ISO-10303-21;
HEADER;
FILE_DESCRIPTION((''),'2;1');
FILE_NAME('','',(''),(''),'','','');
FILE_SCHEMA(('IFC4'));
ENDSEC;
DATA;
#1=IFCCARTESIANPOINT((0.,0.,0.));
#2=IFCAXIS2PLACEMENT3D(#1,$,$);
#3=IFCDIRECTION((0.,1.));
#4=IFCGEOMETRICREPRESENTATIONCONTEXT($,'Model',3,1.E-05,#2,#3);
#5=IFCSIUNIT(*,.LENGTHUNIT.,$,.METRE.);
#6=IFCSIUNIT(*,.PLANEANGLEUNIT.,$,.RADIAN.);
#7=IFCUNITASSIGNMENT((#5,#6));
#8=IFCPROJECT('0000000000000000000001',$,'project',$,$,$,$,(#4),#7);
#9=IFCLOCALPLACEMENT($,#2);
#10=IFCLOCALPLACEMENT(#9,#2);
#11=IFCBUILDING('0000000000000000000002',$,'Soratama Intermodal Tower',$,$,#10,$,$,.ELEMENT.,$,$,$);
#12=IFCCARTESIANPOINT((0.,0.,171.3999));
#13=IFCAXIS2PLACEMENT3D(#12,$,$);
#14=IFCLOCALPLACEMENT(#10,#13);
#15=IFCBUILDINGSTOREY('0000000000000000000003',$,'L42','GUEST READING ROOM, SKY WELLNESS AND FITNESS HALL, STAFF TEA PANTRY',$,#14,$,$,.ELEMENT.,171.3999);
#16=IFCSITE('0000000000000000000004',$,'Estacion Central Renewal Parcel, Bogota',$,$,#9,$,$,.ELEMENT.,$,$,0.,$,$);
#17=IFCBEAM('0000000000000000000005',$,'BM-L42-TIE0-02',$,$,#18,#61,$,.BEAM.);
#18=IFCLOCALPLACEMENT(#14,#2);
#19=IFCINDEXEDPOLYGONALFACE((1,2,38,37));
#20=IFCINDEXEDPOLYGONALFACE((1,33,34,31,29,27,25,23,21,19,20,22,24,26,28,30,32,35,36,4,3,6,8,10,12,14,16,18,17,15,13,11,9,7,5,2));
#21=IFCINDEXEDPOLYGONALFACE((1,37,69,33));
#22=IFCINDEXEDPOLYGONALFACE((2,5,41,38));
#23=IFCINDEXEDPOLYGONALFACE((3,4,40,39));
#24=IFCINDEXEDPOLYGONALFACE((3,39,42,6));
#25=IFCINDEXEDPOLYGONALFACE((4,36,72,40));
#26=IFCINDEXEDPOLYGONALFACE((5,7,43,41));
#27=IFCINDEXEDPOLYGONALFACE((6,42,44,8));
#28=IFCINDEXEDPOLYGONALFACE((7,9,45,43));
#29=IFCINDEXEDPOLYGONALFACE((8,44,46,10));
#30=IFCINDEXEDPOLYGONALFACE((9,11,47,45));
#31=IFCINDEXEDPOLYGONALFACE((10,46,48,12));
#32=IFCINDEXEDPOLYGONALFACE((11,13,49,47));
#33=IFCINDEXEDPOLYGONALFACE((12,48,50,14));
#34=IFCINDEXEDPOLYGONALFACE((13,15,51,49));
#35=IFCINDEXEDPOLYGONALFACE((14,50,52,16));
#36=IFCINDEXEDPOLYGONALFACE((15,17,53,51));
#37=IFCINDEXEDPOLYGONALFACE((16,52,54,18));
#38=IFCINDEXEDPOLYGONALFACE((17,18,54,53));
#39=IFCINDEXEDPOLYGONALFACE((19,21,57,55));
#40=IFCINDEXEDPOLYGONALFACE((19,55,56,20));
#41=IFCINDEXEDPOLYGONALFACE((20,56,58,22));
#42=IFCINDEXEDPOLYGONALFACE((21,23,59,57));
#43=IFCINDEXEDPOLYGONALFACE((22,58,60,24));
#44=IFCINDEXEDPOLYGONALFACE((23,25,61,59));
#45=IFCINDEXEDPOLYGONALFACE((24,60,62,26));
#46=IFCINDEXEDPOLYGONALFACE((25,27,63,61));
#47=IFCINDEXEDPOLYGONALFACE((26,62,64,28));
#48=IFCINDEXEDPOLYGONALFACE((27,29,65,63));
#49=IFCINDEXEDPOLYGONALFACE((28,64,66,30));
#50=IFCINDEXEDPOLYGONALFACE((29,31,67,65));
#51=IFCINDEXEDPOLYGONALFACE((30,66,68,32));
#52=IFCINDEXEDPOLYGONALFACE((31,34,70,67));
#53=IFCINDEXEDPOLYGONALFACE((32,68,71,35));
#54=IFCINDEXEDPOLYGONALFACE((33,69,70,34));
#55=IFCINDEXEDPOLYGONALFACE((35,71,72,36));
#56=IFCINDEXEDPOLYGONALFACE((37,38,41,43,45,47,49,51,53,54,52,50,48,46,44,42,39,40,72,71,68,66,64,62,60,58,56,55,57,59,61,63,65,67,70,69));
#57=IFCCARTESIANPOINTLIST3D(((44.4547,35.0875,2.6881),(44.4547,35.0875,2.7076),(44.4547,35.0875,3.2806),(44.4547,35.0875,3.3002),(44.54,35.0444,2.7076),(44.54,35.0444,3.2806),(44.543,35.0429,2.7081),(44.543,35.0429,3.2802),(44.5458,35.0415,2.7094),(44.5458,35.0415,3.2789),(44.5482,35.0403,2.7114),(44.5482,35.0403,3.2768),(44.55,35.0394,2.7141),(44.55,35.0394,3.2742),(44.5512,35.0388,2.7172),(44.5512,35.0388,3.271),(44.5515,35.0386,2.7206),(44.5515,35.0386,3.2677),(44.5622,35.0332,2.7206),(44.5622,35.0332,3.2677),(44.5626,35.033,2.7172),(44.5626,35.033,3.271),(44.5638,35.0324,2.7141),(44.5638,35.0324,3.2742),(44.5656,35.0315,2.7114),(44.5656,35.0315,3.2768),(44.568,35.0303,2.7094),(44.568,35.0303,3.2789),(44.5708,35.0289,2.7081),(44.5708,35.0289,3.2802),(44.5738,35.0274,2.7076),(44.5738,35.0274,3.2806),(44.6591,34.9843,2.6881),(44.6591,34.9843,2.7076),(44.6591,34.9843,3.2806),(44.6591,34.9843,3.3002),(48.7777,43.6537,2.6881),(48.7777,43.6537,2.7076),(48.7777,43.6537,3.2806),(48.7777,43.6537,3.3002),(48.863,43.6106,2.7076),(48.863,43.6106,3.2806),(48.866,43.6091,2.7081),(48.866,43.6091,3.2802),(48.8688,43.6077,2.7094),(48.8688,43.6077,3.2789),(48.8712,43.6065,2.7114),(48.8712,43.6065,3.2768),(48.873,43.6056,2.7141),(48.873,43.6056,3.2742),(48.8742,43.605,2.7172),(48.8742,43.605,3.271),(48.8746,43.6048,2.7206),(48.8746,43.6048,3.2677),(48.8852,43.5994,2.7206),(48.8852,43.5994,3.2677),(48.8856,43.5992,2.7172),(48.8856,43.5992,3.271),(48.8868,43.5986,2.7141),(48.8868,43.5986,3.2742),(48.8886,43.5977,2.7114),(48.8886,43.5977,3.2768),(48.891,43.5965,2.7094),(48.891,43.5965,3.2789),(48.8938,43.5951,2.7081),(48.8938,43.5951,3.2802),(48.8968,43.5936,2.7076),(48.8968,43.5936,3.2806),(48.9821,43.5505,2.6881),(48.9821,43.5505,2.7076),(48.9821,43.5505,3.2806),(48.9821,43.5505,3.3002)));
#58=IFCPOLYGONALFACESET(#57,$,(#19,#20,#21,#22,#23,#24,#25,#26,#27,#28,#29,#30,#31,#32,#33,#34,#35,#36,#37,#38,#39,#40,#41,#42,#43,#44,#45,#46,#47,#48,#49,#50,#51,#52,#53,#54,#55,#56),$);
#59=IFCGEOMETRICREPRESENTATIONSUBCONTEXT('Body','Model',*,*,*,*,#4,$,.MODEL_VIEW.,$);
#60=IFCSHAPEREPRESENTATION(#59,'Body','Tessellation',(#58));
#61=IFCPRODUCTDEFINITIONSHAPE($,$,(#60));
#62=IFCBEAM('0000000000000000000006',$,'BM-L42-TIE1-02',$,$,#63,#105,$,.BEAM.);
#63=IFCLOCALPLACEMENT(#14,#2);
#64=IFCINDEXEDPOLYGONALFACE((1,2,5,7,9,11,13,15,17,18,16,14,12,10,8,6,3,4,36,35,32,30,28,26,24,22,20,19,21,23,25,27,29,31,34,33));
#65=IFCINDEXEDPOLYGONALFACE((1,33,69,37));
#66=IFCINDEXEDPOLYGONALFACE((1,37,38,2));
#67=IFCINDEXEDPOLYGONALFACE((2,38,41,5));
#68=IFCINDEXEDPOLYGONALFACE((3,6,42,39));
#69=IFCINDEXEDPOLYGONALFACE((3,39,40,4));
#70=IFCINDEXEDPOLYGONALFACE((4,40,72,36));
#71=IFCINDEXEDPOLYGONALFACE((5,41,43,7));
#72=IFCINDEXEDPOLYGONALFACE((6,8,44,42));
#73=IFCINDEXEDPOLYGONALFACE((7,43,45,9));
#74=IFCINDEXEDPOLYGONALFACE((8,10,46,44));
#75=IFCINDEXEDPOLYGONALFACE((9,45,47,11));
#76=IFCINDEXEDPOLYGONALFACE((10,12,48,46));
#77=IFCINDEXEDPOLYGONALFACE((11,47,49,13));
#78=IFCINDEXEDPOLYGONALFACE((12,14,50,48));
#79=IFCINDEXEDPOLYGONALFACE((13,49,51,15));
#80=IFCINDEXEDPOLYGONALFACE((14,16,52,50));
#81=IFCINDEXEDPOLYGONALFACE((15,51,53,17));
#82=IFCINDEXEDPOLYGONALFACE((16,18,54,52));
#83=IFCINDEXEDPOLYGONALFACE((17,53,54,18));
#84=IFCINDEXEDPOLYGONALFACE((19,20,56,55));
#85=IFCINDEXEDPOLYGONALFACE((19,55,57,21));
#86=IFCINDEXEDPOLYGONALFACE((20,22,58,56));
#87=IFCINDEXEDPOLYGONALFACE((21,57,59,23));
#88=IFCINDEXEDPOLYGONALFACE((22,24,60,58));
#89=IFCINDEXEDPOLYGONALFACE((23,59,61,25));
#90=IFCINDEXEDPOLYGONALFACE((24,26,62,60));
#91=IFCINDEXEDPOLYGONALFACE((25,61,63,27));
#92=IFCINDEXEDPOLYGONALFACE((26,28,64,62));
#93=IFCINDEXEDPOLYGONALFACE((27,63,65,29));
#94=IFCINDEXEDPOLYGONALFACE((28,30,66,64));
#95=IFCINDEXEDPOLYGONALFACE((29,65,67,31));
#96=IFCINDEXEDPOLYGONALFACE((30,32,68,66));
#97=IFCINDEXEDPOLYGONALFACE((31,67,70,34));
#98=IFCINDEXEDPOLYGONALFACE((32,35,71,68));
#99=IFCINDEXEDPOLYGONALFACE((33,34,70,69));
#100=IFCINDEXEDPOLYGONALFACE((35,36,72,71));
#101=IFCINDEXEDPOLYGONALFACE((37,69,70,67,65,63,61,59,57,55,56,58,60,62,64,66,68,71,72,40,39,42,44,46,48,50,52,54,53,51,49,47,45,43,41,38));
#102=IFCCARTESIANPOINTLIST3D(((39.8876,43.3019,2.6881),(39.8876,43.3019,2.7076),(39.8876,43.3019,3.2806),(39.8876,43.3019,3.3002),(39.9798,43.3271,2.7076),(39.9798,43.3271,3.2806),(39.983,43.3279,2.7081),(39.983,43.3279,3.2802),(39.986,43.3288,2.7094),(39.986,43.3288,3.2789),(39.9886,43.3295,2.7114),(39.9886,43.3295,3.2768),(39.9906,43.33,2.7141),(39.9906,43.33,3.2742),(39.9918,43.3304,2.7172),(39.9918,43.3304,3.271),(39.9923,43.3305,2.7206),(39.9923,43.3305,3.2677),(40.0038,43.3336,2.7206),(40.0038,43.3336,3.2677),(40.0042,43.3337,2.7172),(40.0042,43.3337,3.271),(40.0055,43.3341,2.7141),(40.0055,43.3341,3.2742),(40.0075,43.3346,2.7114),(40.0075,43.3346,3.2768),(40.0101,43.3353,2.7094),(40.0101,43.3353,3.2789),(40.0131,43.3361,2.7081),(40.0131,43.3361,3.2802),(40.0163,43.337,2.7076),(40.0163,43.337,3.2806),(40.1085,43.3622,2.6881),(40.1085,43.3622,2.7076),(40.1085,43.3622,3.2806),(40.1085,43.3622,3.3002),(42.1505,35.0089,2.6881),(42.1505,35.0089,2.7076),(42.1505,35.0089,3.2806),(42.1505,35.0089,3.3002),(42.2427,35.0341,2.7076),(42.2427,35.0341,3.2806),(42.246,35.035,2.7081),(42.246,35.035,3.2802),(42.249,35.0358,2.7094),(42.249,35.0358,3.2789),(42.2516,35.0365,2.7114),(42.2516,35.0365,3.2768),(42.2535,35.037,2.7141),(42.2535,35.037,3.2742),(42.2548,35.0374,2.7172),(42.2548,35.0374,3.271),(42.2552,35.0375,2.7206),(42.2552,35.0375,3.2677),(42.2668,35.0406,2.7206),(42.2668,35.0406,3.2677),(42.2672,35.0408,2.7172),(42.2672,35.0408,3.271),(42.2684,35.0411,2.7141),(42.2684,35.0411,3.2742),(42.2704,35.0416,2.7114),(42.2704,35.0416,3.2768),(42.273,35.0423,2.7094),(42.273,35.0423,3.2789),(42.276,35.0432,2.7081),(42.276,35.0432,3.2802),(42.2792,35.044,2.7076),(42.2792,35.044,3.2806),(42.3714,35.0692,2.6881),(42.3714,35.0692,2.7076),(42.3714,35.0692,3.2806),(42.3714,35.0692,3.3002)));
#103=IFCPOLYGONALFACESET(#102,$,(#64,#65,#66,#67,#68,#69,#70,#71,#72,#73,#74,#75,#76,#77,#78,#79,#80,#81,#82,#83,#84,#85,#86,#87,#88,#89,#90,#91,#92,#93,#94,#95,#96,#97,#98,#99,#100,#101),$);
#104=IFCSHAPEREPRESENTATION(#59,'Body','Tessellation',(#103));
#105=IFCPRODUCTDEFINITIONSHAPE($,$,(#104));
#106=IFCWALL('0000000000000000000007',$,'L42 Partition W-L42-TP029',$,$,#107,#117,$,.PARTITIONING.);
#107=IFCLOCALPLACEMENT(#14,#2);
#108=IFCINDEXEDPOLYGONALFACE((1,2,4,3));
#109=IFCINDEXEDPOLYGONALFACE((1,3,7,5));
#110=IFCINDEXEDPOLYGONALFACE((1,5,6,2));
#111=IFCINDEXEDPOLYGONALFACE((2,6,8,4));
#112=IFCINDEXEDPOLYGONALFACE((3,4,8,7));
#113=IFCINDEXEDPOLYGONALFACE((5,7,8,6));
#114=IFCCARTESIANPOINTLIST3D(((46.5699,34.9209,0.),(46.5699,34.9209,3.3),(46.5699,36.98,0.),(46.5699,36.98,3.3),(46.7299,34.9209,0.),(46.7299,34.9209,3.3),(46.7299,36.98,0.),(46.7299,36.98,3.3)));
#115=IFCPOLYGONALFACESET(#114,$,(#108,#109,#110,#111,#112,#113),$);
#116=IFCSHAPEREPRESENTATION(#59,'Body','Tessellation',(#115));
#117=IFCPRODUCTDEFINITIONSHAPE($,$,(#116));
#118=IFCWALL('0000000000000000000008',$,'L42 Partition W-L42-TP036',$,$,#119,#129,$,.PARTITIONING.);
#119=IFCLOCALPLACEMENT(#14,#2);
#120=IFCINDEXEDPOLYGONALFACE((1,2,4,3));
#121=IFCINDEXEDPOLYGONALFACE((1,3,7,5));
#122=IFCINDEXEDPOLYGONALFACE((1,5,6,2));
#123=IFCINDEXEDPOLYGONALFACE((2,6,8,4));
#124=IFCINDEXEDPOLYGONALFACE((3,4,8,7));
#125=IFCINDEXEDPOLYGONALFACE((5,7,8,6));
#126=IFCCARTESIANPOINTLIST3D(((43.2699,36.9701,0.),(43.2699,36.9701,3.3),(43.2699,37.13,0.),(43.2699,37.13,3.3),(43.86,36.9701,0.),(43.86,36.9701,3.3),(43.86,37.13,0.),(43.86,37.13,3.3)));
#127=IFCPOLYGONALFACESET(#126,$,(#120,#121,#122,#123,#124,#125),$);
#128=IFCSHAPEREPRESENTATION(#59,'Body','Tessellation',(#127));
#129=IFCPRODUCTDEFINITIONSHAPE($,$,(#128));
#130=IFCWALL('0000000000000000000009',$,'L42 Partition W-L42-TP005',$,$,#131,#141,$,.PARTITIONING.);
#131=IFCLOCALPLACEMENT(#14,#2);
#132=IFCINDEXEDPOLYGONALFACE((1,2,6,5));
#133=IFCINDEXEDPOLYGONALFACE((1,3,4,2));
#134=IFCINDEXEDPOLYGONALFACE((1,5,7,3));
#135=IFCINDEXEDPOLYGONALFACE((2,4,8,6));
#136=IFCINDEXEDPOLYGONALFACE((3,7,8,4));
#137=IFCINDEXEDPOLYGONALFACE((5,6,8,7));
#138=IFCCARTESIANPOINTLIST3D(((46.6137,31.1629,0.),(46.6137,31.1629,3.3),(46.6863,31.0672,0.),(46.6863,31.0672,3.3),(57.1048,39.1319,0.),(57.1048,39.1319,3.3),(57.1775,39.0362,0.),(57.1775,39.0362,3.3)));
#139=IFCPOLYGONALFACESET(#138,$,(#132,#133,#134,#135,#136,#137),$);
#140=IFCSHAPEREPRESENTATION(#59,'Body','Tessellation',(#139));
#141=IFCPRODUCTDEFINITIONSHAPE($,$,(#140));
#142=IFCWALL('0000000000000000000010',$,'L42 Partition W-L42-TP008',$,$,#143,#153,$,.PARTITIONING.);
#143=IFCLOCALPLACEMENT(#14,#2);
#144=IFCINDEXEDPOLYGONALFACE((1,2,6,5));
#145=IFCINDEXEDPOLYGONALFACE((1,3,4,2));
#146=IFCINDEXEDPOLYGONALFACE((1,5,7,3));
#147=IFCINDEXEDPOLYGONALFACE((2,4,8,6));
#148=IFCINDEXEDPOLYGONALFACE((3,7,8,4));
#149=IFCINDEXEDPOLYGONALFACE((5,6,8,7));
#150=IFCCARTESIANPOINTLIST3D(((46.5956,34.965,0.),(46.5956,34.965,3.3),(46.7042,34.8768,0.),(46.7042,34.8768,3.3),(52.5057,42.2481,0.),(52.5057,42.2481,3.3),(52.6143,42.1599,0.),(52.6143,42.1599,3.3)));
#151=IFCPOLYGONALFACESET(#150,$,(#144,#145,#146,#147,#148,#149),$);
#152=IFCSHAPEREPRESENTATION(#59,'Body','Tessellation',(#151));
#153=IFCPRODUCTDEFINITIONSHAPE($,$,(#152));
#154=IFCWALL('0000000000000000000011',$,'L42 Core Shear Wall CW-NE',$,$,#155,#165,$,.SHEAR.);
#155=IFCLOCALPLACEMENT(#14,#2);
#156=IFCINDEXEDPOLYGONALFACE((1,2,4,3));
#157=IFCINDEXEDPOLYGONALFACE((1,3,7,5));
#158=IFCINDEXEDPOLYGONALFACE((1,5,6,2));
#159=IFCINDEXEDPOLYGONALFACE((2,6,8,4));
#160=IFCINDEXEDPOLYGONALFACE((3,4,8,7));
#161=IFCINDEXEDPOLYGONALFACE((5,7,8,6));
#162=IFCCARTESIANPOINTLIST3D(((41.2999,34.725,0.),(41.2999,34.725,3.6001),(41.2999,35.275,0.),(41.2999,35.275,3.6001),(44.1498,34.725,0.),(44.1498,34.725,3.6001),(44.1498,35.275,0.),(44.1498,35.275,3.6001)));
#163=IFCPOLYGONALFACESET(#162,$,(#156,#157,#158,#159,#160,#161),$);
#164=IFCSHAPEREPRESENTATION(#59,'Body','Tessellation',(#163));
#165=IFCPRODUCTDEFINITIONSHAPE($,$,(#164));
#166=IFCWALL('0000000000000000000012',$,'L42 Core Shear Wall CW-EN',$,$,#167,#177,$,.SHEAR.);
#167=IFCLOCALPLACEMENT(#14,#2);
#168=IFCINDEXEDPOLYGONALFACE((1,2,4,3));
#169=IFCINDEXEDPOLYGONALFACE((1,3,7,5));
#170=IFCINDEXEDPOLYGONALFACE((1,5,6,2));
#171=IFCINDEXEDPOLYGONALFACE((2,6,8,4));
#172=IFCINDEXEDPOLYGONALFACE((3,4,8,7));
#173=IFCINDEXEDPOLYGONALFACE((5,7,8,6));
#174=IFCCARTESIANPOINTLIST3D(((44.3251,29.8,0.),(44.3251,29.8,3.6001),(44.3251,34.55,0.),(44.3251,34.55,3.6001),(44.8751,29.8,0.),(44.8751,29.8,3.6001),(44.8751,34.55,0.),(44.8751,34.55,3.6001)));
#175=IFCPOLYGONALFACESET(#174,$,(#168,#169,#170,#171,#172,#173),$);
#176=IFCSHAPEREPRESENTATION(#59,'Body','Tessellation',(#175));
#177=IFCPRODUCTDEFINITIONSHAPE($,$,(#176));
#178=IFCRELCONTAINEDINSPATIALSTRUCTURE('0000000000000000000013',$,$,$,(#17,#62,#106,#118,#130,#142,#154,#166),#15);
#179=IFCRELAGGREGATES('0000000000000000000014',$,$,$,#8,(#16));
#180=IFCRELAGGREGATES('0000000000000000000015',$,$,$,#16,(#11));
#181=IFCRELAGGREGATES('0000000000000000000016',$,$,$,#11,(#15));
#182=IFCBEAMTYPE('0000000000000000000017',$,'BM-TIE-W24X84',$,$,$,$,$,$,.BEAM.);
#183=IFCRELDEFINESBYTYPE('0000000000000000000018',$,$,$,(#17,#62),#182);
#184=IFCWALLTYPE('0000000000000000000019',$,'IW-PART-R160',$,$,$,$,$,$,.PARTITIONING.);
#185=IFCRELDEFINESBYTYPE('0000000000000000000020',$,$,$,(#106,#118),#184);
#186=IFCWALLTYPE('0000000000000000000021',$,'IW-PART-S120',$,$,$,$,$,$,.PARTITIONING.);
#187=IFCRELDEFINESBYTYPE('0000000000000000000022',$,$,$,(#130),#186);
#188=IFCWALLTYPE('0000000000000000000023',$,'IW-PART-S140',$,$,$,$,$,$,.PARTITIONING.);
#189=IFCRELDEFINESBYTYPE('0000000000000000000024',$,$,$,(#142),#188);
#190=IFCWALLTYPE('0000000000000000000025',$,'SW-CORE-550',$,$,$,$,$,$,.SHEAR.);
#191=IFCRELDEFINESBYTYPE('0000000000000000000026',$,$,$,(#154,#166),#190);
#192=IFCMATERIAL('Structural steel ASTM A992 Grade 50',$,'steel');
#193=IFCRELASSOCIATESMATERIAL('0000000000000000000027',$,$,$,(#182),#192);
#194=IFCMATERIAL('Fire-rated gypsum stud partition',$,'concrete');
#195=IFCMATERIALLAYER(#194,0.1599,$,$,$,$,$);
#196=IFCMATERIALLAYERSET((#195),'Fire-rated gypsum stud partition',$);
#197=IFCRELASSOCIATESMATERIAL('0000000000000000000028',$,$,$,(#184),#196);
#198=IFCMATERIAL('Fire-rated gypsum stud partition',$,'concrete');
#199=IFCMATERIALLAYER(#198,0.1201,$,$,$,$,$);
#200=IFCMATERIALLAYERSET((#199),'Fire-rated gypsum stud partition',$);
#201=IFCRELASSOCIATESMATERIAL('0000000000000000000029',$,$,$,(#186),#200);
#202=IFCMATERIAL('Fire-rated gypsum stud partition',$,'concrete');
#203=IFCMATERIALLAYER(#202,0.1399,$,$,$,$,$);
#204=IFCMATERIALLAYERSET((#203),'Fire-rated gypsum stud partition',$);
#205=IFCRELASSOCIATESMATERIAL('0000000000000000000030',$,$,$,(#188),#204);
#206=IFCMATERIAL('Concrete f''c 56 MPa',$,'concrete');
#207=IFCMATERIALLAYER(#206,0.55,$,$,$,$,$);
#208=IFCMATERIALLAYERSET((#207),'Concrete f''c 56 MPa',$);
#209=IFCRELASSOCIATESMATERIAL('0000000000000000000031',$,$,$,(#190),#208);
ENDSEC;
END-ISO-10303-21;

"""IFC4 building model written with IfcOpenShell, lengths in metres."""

from ifc_helpers import new_model, si_unit, direction, frame, frame_2d, origin, origin_2d, place, context, subcontext, project, spatial, rectangle, i_section, extrude, material, layer, layer_set, material_profile, profile_set, type_object, element, save


model = new_model("IFC4")

# Units and contexts
model_context = context("Model", 3, precision=1e-05, world=origin(), true_north=direction((0.0, 1.0)))
body_context = subcontext(model_context, "Body", "Model", "MODEL_VIEW")
ifc_project = project(units=[si_unit("LENGTHUNIT", "METRE"), si_unit("PLANEANGLEUNIT", "RADIAN")], contexts=[model_context])

# Site, building, storey
site_placement = place(None, origin())
site = spatial("IfcSite", under=ifc_project, at=site_placement, Name="Estacion Central Renewal Parcel, Bogota", CompositionType="ELEMENT", RefElevation=0.0)
building_placement = place(site_placement, origin())
building = spatial("IfcBuilding", under=site, at=building_placement, Name="Soratama Intermodal Tower", CompositionType="ELEMENT")
storey_placement = place(building_placement, frame((0.0, 0.0, 171.3999)))
storey = spatial("IfcBuildingStorey", under=building, at=storey_placement, Name="L42", Description="GUEST READING ROOM, SKY WELLNESS AND FITNESS HALL, STAFF TEA PANTRY", CompositionType="ELEMENT", Elevation=171.3999)

# Beams
ifc_material_1 = material(Name="Structural steel ASTM A992 Grade 50", Category="steel")
ifc_material_profile_1 = material_profile(ifc_material_1, i_section(OverallWidth=0.229, OverallDepth=0.6121, WebThickness=0.012, FlangeThickness=0.0195, FilletRadius=0.0129, at=origin_2d()), Name="W24X84")
ifc_profile_set_1 = profile_set([ifc_material_profile_1], Name="Structural steel ASTM A992 Grade 50")
beam_type_1 = type_object("IfcBeamType", Name="BM-TIE-W24X84", PredefinedType="BEAM", material=ifc_profile_set_1)
beam_1_placement = place(storey_placement, frame((44.5569, 35.0359, 2.9941), z_axis=(0.450539, 0.892757, 0.0), x_axis=(-0.892757, 0.450539, 0.0)))
element("IfcBeam", 1, at=beam_1_placement, inside=storey, type_object=beam_type_1, Name="BM-L42-TIE0-02", PredefinedType="BEAM", context=body_context, shape_type="SweptSolid", body=[
    extrude(i_section(OverallWidth=0.229, OverallDepth=0.6121, WebThickness=0.012, FlangeThickness=0.0195, FilletRadius=0.0129, at=origin_2d()), origin(), (0.0, 0.0, 1.0), 9.5952),
])
beam_2_placement = place(storey_placement, frame((42.261, 35.0391, 2.9941), z_axis=(-0.26325, 0.964728, 0.0), x_axis=(-0.964728, -0.26325, 0.0)))
element("IfcBeam", 2, at=beam_2_placement, inside=storey, type_object=beam_type_1, Name="BM-L42-TIE1-02", PredefinedType="BEAM", context=body_context, shape_type="SweptSolid", body=[
    extrude(i_section(OverallWidth=0.229, OverallDepth=0.6121, WebThickness=0.012, FlangeThickness=0.0195, FilletRadius=0.0129, at=origin_2d()), origin(), (0.0, 0.0, 1.0), 8.5962),
])

# Shared definitions
ifc_material_2 = material(Name="Fire-rated gypsum stud partition", Category="concrete")
ifc_layer_1 = layer(ifc_material_2, 0.1599)
ifc_layer_set_1 = layer_set([ifc_layer_1], Name="Fire-rated gypsum stud partition")
wall_type_1 = type_object("IfcWallType", Name="IW-PART-R160", PredefinedType="PARTITIONING", material=ifc_layer_set_1)

# Walls
wall_1_placement = place(storey_placement, frame((46.6499, 36.98, 0.0), z_axis=(0.0, 0.0, 1.0), x_axis=(0.0, -1.0, 0.0)))
element("IfcWall", 3, at=wall_1_placement, inside=storey, type_object=wall_type_1, Name="L42 Partition W-L42-TP029", PredefinedType="PARTITIONING", context=body_context, shape_type="SweptSolid", body=[
    extrude(rectangle(XDim=2.0591, YDim=0.1599, at=frame_2d((1.0295, 0.0))), origin(), (0.0, 0.0, 1.0), 3.3),
])
wall_2_placement = place(storey_placement, frame((43.27, 37.05, 0.0), z_axis=(0.0, 0.0, 1.0), x_axis=(1.0, 0.0, 0.0)))
element("IfcWall", 4, at=wall_2_placement, inside=storey, type_object=wall_type_1, Name="L42 Partition W-L42-TP036", PredefinedType="PARTITIONING", context=body_context, shape_type="SweptSolid", body=[
    extrude(rectangle(XDim=0.5901, YDim=0.1599, at=frame_2d((0.2949, 0.0))), origin(), (0.0, 0.0, 1.0), 3.3),
])
ifc_material_3 = material(Name="Fire-rated gypsum stud partition", Category="concrete")
ifc_layer_2 = layer(ifc_material_3, 0.1201)
ifc_layer_set_2 = layer_set([ifc_layer_2], Name="Fire-rated gypsum stud partition")
wall_type_2 = type_object("IfcWallType", Name="IW-PART-S120", PredefinedType="PARTITIONING", material=ifc_layer_set_2)
wall_3_placement = place(storey_placement, frame((46.6499, 31.115, 0.0), z_axis=(0.0, 0.0, 1.0), x_axis=(0.79632, 0.604875, 0.0)))
element("IfcWall", 5, at=wall_3_placement, inside=storey, type_object=wall_type_2, Name="L42 Partition W-L42-TP005", PredefinedType="PARTITIONING", context=body_context, shape_type="SweptSolid", body=[
    extrude(rectangle(XDim=13.1746, YDim=0.1201, at=frame_2d((6.5874, 0.0))), origin(), (0.0, 0.0, 1.0), 3.3),
])
ifc_material_4 = material(Name="Fire-rated gypsum stud partition", Category="concrete")
ifc_layer_3 = layer(ifc_material_4, 0.1399)
ifc_layer_set_3 = layer_set([ifc_layer_3], Name="Fire-rated gypsum stud partition")
wall_type_3 = type_object("IfcWallType", Name="IW-PART-S140", PredefinedType="PARTITIONING", material=ifc_layer_set_3)
wall_4_placement = place(storey_placement, frame((46.6499, 34.9209, 0.0), z_axis=(0.0, 0.0, 1.0), x_axis=(0.630114, 0.776502, 0.0)))
element("IfcWall", 6, at=wall_4_placement, inside=storey, type_object=wall_type_3, Name="L42 Partition W-L42-TP008", PredefinedType="PARTITIONING", context=body_context, shape_type="SweptSolid", body=[
    extrude(rectangle(XDim=9.3794, YDim=0.1399, at=frame_2d((4.6897, 0.0))), origin(), (0.0, 0.0, 1.0), 3.3),
])
ifc_material_5 = material(Name="Concrete f'c 56 MPa", Category="concrete")
ifc_layer_4 = layer(ifc_material_5, 0.55)
ifc_layer_set_4 = layer_set([ifc_layer_4], Name="Concrete f'c 56 MPa")
wall_type_4 = type_object("IfcWallType", Name="SW-CORE-550", PredefinedType="SHEAR", material=ifc_layer_set_4)
wall_5_placement = place(storey_placement, frame((41.3, 35.0, 0.0), z_axis=(0.0, 0.0, 1.0), x_axis=(1.0, 0.0, 0.0)))
element("IfcWall", 7, at=wall_5_placement, inside=storey, type_object=wall_type_4, Name="L42 Core Shear Wall CW-NE", PredefinedType="SHEAR", context=body_context, shape_type="SweptSolid", body=[
    extrude(rectangle(XDim=2.8499, YDim=0.55, at=frame_2d((1.4248, 0.0))), origin(), (0.0, 0.0, 1.0), 3.6001),
])
wall_6_placement = place(storey_placement, frame((44.6001, 29.8, 0.0), z_axis=(0.0, 0.0, 1.0), x_axis=(0.0, 1.0, 0.0)))
element("IfcWall", 8, at=wall_6_placement, inside=storey, type_object=wall_type_4, Name="L42 Core Shear Wall CW-EN", PredefinedType="SHEAR", context=body_context, shape_type="SweptSolid", body=[
    extrude(rectangle(XDim=4.75, YDim=0.55, at=frame_2d((2.375, 0.0))), origin(), (0.0, 0.0, 1.0), 3.6001),
])

save(model, "model.ifc")
